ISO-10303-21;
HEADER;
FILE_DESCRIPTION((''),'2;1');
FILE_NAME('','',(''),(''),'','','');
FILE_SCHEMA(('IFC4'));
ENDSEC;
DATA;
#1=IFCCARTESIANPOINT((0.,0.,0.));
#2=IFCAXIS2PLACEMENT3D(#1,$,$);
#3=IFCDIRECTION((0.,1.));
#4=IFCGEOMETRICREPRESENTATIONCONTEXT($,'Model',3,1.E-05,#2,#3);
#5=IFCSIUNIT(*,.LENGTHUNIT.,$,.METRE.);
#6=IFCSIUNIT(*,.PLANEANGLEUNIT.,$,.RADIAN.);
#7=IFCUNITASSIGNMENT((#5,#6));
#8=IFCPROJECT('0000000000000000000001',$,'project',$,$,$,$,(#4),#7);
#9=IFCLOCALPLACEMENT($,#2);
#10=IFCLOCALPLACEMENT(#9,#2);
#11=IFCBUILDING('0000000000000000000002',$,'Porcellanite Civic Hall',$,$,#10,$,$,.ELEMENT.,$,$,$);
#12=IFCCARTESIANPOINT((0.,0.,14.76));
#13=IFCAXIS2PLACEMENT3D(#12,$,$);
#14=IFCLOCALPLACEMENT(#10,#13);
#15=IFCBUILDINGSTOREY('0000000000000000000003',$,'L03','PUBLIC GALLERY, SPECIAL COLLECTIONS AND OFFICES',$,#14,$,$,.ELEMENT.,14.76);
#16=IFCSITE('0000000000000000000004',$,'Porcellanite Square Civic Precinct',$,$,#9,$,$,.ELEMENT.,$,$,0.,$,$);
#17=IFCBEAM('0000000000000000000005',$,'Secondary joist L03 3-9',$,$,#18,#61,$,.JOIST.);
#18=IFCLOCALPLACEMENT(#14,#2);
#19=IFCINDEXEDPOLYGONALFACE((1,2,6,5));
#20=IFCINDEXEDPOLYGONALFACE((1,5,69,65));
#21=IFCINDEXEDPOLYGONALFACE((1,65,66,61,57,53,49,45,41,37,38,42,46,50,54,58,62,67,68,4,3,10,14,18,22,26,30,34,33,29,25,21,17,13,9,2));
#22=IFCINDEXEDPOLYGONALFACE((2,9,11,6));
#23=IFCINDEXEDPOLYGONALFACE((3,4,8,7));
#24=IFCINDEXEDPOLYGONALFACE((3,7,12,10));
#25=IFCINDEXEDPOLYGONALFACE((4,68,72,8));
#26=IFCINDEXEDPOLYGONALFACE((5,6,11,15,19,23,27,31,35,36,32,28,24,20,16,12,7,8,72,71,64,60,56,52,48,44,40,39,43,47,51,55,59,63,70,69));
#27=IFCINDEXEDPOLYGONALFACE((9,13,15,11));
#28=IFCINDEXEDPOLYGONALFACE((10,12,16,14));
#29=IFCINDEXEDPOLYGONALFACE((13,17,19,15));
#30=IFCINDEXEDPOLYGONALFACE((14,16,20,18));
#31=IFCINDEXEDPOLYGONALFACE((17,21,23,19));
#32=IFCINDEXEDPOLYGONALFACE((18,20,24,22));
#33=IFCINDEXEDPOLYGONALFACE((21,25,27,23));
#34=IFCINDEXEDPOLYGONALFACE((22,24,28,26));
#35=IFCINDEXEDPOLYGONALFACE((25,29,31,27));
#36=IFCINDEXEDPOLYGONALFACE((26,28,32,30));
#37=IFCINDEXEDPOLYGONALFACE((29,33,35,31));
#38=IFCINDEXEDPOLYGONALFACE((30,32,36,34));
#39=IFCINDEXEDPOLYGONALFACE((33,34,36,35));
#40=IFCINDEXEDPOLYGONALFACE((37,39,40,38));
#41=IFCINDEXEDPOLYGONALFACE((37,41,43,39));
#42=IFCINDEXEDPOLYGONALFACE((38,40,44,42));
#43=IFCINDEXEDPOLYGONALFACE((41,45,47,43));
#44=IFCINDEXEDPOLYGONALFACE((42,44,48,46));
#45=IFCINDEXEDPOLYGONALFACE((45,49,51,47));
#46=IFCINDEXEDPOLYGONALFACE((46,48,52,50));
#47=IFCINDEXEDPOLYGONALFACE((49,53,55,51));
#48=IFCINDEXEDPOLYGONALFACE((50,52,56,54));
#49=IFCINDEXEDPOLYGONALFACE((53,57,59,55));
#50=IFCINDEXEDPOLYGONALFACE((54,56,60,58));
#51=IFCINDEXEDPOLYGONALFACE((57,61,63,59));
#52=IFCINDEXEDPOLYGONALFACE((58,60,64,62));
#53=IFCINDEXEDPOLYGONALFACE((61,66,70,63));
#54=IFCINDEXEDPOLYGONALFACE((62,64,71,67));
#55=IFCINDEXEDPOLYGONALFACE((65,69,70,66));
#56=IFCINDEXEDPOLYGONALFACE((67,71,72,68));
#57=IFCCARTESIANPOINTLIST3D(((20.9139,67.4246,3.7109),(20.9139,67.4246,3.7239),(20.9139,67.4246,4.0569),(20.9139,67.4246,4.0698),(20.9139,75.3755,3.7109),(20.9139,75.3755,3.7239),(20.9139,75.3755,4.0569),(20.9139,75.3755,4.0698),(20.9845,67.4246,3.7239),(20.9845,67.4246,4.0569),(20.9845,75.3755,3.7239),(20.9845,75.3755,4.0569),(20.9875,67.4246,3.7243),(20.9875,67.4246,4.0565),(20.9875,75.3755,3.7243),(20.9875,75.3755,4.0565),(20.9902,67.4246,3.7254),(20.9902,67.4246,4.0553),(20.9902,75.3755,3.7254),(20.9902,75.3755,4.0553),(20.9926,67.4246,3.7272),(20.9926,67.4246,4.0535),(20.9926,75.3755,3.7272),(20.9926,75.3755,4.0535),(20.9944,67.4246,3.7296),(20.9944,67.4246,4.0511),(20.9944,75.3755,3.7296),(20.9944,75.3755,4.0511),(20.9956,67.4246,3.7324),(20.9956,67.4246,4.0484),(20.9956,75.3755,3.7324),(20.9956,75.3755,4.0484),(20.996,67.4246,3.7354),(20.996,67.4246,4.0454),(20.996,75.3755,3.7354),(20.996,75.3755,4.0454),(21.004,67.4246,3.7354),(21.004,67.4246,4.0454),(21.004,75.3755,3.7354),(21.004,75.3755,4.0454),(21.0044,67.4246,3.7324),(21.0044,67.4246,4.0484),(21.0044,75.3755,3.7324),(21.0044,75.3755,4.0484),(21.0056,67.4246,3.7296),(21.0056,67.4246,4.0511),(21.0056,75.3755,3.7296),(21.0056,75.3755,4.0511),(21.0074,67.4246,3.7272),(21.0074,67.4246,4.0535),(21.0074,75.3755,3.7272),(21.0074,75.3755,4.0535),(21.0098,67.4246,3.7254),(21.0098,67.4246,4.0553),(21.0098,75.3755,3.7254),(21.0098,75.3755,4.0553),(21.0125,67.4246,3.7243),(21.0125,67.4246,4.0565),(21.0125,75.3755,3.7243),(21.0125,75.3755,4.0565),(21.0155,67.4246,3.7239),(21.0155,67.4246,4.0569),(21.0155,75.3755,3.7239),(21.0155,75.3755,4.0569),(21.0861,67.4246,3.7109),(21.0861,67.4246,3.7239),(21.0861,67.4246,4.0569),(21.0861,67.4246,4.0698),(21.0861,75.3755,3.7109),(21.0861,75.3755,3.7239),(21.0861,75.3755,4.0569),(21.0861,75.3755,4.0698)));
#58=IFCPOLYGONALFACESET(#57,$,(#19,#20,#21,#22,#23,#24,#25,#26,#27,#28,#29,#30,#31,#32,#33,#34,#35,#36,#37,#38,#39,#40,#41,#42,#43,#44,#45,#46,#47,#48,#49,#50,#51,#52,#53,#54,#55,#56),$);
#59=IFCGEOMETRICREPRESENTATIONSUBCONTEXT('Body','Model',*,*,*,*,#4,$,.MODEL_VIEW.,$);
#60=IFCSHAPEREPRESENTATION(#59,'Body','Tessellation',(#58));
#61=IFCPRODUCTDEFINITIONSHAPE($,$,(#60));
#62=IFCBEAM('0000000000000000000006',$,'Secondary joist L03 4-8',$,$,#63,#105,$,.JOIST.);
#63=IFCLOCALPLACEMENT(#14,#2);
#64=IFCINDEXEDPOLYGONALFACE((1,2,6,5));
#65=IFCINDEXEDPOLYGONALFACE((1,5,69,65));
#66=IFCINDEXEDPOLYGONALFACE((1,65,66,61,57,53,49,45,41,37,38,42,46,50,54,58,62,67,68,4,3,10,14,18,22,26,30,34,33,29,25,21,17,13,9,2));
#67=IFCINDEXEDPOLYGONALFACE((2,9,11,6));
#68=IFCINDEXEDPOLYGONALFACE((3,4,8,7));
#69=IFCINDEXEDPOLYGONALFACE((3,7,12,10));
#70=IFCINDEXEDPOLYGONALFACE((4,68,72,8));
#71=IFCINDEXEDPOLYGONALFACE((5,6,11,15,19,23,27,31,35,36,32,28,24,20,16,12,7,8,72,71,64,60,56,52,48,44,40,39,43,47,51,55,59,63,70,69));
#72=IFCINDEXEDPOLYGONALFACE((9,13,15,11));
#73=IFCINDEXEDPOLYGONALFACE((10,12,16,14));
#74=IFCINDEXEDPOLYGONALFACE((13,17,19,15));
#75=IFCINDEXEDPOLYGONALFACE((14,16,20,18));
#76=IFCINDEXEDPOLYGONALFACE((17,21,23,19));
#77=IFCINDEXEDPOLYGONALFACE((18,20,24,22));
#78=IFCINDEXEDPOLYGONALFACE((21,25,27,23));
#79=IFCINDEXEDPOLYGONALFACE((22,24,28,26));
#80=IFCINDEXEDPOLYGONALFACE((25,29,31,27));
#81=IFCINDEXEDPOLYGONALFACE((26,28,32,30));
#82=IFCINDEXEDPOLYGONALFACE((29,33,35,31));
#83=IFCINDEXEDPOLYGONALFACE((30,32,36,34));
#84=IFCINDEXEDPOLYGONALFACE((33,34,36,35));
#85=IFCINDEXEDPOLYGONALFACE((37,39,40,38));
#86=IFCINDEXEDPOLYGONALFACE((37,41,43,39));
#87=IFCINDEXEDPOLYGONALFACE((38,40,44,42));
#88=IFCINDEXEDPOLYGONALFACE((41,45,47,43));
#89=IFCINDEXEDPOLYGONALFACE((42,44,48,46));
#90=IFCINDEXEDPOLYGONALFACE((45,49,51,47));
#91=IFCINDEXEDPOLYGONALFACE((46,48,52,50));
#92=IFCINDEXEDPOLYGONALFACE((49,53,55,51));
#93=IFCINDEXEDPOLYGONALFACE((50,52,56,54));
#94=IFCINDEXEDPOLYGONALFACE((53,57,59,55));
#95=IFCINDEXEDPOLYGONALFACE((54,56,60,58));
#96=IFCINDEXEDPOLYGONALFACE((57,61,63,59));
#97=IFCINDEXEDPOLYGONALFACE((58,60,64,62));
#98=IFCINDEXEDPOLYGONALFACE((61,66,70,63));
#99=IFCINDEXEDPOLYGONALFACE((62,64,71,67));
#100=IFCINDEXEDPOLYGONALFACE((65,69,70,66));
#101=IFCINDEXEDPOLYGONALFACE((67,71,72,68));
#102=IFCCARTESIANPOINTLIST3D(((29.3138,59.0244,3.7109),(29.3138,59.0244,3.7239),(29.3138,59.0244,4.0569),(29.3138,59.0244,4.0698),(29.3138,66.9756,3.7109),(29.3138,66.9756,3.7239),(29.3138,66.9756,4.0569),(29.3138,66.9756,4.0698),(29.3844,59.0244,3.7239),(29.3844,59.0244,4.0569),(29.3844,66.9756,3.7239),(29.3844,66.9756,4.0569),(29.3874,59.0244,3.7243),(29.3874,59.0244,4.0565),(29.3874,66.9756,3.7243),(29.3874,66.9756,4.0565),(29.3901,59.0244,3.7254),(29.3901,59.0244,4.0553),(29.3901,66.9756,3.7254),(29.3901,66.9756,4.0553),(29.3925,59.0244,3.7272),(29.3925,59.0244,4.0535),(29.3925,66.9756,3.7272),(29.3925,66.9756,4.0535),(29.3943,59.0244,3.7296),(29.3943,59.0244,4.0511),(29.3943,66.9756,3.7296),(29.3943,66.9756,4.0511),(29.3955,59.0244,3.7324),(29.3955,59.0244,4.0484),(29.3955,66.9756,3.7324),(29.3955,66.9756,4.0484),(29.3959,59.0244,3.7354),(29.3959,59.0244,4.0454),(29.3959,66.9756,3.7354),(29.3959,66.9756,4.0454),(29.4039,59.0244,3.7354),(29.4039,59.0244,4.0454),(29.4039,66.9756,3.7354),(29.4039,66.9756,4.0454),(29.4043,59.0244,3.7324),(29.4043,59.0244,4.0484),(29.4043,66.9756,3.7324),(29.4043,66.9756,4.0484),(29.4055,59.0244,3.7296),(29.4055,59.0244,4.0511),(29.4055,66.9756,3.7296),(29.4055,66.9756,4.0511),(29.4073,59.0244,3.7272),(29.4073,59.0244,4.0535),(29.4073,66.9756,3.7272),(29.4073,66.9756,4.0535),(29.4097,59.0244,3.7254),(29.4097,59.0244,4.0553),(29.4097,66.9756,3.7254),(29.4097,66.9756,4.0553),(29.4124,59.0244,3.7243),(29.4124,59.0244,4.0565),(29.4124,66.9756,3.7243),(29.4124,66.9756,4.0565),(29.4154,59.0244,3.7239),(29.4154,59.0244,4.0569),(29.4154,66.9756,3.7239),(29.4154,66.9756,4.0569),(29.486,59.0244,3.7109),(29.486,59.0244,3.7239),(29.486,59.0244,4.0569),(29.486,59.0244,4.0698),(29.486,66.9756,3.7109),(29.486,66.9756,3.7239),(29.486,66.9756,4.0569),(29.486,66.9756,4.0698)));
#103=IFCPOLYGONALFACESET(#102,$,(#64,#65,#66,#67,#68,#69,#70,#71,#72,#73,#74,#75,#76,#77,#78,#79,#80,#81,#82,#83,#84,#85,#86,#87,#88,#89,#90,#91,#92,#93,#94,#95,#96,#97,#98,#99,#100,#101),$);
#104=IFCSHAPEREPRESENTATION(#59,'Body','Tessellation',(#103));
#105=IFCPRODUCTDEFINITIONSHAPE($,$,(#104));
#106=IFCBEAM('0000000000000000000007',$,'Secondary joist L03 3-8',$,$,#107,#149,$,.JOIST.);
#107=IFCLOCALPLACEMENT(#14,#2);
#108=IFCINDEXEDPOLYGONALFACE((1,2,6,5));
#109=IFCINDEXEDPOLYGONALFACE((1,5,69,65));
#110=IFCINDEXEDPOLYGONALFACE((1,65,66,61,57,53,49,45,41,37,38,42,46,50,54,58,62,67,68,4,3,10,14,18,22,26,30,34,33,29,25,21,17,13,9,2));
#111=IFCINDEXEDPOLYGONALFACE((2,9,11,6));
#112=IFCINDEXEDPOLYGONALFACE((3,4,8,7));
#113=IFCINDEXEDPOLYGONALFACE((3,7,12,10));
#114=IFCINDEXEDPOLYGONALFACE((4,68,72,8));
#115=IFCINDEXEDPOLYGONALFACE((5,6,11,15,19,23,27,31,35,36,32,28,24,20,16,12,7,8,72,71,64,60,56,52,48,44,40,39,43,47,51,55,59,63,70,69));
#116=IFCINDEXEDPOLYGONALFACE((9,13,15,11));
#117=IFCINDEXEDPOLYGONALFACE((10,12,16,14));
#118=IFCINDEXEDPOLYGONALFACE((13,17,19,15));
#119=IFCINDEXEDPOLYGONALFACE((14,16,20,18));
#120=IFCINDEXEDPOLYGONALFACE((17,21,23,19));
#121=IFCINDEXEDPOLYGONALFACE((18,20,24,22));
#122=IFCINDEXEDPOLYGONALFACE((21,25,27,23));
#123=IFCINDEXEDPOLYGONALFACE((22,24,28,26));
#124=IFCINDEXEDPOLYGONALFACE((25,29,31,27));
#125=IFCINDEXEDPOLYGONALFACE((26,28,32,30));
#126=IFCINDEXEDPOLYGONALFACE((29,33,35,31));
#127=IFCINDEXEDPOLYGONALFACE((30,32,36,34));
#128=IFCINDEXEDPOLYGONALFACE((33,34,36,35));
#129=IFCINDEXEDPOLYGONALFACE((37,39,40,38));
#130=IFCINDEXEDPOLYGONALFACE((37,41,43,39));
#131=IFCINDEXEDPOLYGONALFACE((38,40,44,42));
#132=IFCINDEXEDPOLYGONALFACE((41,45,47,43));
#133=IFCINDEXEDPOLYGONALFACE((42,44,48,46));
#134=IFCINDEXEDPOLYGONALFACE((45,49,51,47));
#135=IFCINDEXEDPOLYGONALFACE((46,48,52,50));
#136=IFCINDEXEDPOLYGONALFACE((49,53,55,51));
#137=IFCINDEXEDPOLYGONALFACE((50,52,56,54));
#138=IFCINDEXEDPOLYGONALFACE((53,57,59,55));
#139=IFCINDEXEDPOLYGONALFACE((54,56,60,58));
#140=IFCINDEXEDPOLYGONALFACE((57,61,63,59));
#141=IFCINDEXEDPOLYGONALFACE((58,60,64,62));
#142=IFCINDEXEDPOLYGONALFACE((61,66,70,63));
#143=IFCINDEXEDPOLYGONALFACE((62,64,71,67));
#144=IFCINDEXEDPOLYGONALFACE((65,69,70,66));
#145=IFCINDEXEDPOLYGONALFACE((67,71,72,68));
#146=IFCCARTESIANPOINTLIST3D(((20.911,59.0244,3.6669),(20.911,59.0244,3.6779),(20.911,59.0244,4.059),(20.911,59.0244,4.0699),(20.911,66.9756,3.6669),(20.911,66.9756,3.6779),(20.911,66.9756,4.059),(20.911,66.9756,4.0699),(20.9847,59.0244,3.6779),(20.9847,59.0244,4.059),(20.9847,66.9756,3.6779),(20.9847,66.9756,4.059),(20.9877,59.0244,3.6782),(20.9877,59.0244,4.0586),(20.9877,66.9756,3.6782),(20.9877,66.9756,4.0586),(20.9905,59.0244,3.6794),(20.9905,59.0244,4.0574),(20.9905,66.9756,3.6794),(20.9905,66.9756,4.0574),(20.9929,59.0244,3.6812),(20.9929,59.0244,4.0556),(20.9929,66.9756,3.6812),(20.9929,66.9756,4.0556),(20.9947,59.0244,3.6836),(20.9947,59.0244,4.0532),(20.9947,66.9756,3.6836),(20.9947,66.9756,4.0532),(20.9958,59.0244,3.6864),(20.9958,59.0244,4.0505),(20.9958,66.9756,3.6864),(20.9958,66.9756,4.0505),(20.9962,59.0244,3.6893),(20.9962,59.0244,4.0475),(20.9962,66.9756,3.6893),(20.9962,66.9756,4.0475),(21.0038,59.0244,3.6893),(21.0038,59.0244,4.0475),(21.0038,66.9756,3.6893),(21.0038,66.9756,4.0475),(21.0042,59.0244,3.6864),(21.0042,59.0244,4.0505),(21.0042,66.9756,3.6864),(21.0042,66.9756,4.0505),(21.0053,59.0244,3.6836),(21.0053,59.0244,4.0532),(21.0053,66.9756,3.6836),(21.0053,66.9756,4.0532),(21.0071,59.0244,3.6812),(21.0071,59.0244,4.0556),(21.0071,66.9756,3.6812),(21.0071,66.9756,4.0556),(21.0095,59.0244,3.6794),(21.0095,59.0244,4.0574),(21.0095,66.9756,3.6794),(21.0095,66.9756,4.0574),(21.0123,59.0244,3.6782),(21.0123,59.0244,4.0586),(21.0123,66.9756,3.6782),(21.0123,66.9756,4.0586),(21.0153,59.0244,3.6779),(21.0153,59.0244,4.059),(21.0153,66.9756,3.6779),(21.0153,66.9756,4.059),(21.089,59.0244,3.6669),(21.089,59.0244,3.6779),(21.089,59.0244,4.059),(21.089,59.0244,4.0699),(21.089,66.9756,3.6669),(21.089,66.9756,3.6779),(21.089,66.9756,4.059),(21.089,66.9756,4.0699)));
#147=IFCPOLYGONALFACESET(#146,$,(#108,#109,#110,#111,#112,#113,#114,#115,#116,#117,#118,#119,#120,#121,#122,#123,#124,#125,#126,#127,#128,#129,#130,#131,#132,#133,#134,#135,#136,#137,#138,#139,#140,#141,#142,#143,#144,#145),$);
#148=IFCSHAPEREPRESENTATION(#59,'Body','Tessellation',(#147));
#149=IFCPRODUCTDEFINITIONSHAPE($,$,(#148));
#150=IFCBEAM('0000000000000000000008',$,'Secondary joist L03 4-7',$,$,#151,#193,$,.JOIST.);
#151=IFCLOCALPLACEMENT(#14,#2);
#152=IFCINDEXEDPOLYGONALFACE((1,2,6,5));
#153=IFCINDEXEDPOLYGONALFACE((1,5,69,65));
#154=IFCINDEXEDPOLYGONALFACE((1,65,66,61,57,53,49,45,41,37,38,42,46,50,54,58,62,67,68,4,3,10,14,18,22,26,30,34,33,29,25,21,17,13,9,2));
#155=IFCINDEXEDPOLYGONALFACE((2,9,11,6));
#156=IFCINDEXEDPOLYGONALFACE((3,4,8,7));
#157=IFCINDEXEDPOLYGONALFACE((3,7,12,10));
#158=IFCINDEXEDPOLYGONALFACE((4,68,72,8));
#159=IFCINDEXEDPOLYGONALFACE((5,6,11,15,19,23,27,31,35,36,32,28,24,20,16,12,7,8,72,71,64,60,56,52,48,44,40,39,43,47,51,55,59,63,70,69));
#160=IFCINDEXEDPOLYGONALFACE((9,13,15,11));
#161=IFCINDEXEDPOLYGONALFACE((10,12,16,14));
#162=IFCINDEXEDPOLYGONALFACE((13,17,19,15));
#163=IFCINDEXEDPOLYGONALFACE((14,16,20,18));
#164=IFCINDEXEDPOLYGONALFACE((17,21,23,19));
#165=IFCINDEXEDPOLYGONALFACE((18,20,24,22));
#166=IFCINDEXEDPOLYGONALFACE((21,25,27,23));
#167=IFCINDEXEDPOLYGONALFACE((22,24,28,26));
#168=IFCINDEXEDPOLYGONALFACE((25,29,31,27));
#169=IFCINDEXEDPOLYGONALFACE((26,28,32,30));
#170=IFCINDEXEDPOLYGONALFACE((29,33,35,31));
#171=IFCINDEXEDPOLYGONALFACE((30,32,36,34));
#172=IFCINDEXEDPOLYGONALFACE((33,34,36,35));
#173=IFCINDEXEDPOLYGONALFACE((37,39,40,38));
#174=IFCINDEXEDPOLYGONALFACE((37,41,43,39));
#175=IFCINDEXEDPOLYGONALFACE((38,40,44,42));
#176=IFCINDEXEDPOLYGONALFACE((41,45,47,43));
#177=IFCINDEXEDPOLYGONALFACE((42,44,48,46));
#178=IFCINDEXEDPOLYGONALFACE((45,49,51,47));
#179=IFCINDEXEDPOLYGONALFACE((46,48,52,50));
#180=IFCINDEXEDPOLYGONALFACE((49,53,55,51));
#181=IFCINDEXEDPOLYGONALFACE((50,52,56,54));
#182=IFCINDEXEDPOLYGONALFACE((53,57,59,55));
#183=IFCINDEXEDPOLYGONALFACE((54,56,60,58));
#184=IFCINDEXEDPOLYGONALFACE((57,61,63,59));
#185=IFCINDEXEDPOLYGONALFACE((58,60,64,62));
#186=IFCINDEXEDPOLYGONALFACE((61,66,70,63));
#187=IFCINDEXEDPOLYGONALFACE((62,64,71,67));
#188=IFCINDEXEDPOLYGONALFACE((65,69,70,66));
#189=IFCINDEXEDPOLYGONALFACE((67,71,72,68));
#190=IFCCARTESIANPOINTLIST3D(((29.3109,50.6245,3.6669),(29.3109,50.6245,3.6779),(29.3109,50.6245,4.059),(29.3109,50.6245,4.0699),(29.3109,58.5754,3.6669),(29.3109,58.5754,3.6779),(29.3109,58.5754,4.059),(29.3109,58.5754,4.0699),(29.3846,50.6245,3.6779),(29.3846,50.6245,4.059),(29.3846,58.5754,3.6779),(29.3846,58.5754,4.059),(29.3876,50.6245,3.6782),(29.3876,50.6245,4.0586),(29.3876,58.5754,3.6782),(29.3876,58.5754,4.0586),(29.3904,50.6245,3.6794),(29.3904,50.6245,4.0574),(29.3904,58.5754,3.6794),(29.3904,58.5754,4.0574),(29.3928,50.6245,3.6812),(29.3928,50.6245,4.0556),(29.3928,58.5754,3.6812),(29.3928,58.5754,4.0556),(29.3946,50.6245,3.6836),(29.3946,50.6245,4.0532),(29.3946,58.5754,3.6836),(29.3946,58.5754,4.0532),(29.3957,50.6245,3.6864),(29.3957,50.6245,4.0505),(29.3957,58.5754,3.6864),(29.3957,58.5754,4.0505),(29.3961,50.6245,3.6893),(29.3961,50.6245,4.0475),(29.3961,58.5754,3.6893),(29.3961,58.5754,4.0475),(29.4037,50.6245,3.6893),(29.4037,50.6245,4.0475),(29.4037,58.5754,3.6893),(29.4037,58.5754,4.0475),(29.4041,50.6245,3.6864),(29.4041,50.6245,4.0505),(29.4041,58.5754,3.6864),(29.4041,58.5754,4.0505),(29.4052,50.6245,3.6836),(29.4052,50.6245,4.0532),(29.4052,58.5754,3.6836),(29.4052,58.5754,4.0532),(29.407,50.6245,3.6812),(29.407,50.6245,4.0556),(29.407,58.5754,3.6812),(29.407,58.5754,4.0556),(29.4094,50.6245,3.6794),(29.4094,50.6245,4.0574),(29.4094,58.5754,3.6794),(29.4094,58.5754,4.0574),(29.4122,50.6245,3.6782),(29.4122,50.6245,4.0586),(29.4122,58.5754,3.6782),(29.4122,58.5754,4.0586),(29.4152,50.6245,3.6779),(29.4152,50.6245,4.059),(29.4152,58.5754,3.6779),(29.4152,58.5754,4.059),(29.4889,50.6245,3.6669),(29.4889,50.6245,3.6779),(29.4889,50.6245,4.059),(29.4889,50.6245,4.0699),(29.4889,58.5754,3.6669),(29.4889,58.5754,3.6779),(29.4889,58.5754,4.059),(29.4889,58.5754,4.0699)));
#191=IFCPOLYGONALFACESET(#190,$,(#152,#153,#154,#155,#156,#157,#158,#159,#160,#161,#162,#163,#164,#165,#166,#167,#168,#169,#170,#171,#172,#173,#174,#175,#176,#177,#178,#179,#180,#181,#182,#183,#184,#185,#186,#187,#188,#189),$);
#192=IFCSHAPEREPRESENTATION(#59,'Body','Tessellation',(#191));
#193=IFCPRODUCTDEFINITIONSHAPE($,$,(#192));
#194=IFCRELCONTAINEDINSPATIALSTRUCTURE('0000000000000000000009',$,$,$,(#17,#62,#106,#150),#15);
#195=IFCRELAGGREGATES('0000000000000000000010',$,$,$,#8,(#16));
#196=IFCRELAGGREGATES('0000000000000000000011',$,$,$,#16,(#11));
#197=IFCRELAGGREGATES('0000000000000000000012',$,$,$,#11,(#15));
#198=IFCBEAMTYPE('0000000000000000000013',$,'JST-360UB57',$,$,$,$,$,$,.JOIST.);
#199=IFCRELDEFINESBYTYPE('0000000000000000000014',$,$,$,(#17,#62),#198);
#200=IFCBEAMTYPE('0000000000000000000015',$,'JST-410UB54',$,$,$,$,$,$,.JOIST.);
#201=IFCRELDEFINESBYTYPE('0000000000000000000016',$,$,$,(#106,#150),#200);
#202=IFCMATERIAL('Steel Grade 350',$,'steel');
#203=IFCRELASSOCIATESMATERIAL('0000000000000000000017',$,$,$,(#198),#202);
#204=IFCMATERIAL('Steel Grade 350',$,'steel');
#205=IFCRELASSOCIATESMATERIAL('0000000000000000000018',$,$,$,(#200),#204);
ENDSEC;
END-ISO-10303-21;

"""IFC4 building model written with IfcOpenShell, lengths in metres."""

from ifc_helpers import new_model, si_unit, direction, frame, origin, origin_2d, place, context, subcontext, project, spatial, i_section, extrude, material, material_profile, profile_set, type_object, element, save


model = new_model("IFC4")

# Units and contexts
model_context = context("Model", 3, precision=1e-05, world=origin(), true_north=direction((0.0, 1.0)))
body_context = subcontext(model_context, "Body", "Model", "MODEL_VIEW")
ifc_project = project(units=[si_unit("LENGTHUNIT", "METRE"), si_unit("PLANEANGLEUNIT", "RADIAN")], contexts=[model_context])

# Site, building, storey
site_placement = place(None, origin())
site = spatial("IfcSite", under=ifc_project, at=site_placement, Name="Porcellanite Square Civic Precinct", CompositionType="ELEMENT", RefElevation=0.0)
building_placement = place(site_placement, origin())
building = spatial("IfcBuilding", under=site, at=building_placement, Name="Porcellanite Civic Hall", CompositionType="ELEMENT")
storey_placement = place(building_placement, frame((0.0, 0.0, 14.76)))
storey = spatial("IfcBuildingStorey", under=building, at=storey_placement, Name="L03", Description="PUBLIC GALLERY, SPECIAL COLLECTIONS AND OFFICES", CompositionType="ELEMENT", Elevation=14.76)

# Beams
ifc_material_1 = material(Name="Steel Grade 350", Category="steel")
ifc_material_profile_1 = material_profile(ifc_material_1, i_section(OverallWidth=0.1721, OverallDepth=0.3589, WebThickness=0.0081, FlangeThickness=0.0129, FilletRadius=0.0115, at=origin_2d()), Name="360UB56.7")
ifc_profile_set_1 = profile_set([ifc_material_profile_1], Name="Steel Grade 350")
beam_type_1 = type_object("IfcBeamType", Name="JST-360UB57", PredefinedType="JOIST", material=ifc_profile_set_1)
beam_1_placement = place(storey_placement, frame((21.0, 67.4246, 3.8904), z_axis=(0.0, 1.0, 0.0), x_axis=(-1.0, 0.0, 0.0)))
element("IfcBeam", 1, at=beam_1_placement, inside=storey, type_object=beam_type_1, Name="Secondary joist L03 3-9", PredefinedType="JOIST", context=body_context, shape_type="SweptSolid", body=[
    extrude(i_section(OverallWidth=0.1721, OverallDepth=0.3589, WebThickness=0.0081, FlangeThickness=0.0129, FilletRadius=0.0115, at=origin_2d()), origin(), (0.0, 0.0, 1.0), 7.9509),
])
beam_2_placement = place(storey_placement, frame((29.3999, 59.0244, 3.8904), z_axis=(0.0, 1.0, 0.0), x_axis=(-1.0, 0.0, 0.0)))
element("IfcBeam", 2, at=beam_2_placement, inside=storey, type_object=beam_type_1, Name="Secondary joist L03 4-8", PredefinedType="JOIST", context=body_context, shape_type="SweptSolid", body=[
    extrude(i_section(OverallWidth=0.1721, OverallDepth=0.3589, WebThickness=0.0081, FlangeThickness=0.0129, FilletRadius=0.0115, at=origin_2d()), origin(), (0.0, 0.0, 1.0), 7.9512),
])
ifc_material_2 = material(Name="Steel Grade 350", Category="steel")
ifc_material_profile_2 = material_profile(ifc_material_2, i_section(OverallWidth=0.178, OverallDepth=0.4031, WebThickness=0.0076, FlangeThickness=0.011, FilletRadius=0.0115, at=origin_2d()), Name="410UB53.7")
ifc_profile_set_2 = profile_set([ifc_material_profile_2], Name="Steel Grade 350")
beam_type_2 = type_object("IfcBeamType", Name="JST-410UB54", PredefinedType="JOIST", material=ifc_profile_set_2)
beam_3_placement = place(storey_placement, frame((21.0, 59.0244, 3.8684), z_axis=(0.0, 1.0, 0.0), x_axis=(-1.0, 0.0, 0.0)))
element("IfcBeam", 3, at=beam_3_placement, inside=storey, type_object=beam_type_2, Name="Secondary joist L03 3-8", PredefinedType="JOIST", context=body_context, shape_type="SweptSolid", body=[
    extrude(i_section(OverallWidth=0.178, OverallDepth=0.4031, WebThickness=0.0076, FlangeThickness=0.011, FilletRadius=0.0115, at=origin_2d()), origin(), (0.0, 0.0, 1.0), 7.9512),
])
beam_4_placement = place(storey_placement, frame((29.3999, 50.6245, 3.8684), z_axis=(0.0, 1.0, 0.0), x_axis=(-1.0, 0.0, 0.0)))
element("IfcBeam", 4, at=beam_4_placement, inside=storey, type_object=beam_type_2, Name="Secondary joist L03 4-7", PredefinedType="JOIST", context=body_context, shape_type="SweptSolid", body=[
    extrude(i_section(OverallWidth=0.178, OverallDepth=0.4031, WebThickness=0.0076, FlangeThickness=0.011, FilletRadius=0.0115, at=origin_2d()), origin(), (0.0, 0.0, 1.0), 7.9509),
])

save(model, "model.ifc")
